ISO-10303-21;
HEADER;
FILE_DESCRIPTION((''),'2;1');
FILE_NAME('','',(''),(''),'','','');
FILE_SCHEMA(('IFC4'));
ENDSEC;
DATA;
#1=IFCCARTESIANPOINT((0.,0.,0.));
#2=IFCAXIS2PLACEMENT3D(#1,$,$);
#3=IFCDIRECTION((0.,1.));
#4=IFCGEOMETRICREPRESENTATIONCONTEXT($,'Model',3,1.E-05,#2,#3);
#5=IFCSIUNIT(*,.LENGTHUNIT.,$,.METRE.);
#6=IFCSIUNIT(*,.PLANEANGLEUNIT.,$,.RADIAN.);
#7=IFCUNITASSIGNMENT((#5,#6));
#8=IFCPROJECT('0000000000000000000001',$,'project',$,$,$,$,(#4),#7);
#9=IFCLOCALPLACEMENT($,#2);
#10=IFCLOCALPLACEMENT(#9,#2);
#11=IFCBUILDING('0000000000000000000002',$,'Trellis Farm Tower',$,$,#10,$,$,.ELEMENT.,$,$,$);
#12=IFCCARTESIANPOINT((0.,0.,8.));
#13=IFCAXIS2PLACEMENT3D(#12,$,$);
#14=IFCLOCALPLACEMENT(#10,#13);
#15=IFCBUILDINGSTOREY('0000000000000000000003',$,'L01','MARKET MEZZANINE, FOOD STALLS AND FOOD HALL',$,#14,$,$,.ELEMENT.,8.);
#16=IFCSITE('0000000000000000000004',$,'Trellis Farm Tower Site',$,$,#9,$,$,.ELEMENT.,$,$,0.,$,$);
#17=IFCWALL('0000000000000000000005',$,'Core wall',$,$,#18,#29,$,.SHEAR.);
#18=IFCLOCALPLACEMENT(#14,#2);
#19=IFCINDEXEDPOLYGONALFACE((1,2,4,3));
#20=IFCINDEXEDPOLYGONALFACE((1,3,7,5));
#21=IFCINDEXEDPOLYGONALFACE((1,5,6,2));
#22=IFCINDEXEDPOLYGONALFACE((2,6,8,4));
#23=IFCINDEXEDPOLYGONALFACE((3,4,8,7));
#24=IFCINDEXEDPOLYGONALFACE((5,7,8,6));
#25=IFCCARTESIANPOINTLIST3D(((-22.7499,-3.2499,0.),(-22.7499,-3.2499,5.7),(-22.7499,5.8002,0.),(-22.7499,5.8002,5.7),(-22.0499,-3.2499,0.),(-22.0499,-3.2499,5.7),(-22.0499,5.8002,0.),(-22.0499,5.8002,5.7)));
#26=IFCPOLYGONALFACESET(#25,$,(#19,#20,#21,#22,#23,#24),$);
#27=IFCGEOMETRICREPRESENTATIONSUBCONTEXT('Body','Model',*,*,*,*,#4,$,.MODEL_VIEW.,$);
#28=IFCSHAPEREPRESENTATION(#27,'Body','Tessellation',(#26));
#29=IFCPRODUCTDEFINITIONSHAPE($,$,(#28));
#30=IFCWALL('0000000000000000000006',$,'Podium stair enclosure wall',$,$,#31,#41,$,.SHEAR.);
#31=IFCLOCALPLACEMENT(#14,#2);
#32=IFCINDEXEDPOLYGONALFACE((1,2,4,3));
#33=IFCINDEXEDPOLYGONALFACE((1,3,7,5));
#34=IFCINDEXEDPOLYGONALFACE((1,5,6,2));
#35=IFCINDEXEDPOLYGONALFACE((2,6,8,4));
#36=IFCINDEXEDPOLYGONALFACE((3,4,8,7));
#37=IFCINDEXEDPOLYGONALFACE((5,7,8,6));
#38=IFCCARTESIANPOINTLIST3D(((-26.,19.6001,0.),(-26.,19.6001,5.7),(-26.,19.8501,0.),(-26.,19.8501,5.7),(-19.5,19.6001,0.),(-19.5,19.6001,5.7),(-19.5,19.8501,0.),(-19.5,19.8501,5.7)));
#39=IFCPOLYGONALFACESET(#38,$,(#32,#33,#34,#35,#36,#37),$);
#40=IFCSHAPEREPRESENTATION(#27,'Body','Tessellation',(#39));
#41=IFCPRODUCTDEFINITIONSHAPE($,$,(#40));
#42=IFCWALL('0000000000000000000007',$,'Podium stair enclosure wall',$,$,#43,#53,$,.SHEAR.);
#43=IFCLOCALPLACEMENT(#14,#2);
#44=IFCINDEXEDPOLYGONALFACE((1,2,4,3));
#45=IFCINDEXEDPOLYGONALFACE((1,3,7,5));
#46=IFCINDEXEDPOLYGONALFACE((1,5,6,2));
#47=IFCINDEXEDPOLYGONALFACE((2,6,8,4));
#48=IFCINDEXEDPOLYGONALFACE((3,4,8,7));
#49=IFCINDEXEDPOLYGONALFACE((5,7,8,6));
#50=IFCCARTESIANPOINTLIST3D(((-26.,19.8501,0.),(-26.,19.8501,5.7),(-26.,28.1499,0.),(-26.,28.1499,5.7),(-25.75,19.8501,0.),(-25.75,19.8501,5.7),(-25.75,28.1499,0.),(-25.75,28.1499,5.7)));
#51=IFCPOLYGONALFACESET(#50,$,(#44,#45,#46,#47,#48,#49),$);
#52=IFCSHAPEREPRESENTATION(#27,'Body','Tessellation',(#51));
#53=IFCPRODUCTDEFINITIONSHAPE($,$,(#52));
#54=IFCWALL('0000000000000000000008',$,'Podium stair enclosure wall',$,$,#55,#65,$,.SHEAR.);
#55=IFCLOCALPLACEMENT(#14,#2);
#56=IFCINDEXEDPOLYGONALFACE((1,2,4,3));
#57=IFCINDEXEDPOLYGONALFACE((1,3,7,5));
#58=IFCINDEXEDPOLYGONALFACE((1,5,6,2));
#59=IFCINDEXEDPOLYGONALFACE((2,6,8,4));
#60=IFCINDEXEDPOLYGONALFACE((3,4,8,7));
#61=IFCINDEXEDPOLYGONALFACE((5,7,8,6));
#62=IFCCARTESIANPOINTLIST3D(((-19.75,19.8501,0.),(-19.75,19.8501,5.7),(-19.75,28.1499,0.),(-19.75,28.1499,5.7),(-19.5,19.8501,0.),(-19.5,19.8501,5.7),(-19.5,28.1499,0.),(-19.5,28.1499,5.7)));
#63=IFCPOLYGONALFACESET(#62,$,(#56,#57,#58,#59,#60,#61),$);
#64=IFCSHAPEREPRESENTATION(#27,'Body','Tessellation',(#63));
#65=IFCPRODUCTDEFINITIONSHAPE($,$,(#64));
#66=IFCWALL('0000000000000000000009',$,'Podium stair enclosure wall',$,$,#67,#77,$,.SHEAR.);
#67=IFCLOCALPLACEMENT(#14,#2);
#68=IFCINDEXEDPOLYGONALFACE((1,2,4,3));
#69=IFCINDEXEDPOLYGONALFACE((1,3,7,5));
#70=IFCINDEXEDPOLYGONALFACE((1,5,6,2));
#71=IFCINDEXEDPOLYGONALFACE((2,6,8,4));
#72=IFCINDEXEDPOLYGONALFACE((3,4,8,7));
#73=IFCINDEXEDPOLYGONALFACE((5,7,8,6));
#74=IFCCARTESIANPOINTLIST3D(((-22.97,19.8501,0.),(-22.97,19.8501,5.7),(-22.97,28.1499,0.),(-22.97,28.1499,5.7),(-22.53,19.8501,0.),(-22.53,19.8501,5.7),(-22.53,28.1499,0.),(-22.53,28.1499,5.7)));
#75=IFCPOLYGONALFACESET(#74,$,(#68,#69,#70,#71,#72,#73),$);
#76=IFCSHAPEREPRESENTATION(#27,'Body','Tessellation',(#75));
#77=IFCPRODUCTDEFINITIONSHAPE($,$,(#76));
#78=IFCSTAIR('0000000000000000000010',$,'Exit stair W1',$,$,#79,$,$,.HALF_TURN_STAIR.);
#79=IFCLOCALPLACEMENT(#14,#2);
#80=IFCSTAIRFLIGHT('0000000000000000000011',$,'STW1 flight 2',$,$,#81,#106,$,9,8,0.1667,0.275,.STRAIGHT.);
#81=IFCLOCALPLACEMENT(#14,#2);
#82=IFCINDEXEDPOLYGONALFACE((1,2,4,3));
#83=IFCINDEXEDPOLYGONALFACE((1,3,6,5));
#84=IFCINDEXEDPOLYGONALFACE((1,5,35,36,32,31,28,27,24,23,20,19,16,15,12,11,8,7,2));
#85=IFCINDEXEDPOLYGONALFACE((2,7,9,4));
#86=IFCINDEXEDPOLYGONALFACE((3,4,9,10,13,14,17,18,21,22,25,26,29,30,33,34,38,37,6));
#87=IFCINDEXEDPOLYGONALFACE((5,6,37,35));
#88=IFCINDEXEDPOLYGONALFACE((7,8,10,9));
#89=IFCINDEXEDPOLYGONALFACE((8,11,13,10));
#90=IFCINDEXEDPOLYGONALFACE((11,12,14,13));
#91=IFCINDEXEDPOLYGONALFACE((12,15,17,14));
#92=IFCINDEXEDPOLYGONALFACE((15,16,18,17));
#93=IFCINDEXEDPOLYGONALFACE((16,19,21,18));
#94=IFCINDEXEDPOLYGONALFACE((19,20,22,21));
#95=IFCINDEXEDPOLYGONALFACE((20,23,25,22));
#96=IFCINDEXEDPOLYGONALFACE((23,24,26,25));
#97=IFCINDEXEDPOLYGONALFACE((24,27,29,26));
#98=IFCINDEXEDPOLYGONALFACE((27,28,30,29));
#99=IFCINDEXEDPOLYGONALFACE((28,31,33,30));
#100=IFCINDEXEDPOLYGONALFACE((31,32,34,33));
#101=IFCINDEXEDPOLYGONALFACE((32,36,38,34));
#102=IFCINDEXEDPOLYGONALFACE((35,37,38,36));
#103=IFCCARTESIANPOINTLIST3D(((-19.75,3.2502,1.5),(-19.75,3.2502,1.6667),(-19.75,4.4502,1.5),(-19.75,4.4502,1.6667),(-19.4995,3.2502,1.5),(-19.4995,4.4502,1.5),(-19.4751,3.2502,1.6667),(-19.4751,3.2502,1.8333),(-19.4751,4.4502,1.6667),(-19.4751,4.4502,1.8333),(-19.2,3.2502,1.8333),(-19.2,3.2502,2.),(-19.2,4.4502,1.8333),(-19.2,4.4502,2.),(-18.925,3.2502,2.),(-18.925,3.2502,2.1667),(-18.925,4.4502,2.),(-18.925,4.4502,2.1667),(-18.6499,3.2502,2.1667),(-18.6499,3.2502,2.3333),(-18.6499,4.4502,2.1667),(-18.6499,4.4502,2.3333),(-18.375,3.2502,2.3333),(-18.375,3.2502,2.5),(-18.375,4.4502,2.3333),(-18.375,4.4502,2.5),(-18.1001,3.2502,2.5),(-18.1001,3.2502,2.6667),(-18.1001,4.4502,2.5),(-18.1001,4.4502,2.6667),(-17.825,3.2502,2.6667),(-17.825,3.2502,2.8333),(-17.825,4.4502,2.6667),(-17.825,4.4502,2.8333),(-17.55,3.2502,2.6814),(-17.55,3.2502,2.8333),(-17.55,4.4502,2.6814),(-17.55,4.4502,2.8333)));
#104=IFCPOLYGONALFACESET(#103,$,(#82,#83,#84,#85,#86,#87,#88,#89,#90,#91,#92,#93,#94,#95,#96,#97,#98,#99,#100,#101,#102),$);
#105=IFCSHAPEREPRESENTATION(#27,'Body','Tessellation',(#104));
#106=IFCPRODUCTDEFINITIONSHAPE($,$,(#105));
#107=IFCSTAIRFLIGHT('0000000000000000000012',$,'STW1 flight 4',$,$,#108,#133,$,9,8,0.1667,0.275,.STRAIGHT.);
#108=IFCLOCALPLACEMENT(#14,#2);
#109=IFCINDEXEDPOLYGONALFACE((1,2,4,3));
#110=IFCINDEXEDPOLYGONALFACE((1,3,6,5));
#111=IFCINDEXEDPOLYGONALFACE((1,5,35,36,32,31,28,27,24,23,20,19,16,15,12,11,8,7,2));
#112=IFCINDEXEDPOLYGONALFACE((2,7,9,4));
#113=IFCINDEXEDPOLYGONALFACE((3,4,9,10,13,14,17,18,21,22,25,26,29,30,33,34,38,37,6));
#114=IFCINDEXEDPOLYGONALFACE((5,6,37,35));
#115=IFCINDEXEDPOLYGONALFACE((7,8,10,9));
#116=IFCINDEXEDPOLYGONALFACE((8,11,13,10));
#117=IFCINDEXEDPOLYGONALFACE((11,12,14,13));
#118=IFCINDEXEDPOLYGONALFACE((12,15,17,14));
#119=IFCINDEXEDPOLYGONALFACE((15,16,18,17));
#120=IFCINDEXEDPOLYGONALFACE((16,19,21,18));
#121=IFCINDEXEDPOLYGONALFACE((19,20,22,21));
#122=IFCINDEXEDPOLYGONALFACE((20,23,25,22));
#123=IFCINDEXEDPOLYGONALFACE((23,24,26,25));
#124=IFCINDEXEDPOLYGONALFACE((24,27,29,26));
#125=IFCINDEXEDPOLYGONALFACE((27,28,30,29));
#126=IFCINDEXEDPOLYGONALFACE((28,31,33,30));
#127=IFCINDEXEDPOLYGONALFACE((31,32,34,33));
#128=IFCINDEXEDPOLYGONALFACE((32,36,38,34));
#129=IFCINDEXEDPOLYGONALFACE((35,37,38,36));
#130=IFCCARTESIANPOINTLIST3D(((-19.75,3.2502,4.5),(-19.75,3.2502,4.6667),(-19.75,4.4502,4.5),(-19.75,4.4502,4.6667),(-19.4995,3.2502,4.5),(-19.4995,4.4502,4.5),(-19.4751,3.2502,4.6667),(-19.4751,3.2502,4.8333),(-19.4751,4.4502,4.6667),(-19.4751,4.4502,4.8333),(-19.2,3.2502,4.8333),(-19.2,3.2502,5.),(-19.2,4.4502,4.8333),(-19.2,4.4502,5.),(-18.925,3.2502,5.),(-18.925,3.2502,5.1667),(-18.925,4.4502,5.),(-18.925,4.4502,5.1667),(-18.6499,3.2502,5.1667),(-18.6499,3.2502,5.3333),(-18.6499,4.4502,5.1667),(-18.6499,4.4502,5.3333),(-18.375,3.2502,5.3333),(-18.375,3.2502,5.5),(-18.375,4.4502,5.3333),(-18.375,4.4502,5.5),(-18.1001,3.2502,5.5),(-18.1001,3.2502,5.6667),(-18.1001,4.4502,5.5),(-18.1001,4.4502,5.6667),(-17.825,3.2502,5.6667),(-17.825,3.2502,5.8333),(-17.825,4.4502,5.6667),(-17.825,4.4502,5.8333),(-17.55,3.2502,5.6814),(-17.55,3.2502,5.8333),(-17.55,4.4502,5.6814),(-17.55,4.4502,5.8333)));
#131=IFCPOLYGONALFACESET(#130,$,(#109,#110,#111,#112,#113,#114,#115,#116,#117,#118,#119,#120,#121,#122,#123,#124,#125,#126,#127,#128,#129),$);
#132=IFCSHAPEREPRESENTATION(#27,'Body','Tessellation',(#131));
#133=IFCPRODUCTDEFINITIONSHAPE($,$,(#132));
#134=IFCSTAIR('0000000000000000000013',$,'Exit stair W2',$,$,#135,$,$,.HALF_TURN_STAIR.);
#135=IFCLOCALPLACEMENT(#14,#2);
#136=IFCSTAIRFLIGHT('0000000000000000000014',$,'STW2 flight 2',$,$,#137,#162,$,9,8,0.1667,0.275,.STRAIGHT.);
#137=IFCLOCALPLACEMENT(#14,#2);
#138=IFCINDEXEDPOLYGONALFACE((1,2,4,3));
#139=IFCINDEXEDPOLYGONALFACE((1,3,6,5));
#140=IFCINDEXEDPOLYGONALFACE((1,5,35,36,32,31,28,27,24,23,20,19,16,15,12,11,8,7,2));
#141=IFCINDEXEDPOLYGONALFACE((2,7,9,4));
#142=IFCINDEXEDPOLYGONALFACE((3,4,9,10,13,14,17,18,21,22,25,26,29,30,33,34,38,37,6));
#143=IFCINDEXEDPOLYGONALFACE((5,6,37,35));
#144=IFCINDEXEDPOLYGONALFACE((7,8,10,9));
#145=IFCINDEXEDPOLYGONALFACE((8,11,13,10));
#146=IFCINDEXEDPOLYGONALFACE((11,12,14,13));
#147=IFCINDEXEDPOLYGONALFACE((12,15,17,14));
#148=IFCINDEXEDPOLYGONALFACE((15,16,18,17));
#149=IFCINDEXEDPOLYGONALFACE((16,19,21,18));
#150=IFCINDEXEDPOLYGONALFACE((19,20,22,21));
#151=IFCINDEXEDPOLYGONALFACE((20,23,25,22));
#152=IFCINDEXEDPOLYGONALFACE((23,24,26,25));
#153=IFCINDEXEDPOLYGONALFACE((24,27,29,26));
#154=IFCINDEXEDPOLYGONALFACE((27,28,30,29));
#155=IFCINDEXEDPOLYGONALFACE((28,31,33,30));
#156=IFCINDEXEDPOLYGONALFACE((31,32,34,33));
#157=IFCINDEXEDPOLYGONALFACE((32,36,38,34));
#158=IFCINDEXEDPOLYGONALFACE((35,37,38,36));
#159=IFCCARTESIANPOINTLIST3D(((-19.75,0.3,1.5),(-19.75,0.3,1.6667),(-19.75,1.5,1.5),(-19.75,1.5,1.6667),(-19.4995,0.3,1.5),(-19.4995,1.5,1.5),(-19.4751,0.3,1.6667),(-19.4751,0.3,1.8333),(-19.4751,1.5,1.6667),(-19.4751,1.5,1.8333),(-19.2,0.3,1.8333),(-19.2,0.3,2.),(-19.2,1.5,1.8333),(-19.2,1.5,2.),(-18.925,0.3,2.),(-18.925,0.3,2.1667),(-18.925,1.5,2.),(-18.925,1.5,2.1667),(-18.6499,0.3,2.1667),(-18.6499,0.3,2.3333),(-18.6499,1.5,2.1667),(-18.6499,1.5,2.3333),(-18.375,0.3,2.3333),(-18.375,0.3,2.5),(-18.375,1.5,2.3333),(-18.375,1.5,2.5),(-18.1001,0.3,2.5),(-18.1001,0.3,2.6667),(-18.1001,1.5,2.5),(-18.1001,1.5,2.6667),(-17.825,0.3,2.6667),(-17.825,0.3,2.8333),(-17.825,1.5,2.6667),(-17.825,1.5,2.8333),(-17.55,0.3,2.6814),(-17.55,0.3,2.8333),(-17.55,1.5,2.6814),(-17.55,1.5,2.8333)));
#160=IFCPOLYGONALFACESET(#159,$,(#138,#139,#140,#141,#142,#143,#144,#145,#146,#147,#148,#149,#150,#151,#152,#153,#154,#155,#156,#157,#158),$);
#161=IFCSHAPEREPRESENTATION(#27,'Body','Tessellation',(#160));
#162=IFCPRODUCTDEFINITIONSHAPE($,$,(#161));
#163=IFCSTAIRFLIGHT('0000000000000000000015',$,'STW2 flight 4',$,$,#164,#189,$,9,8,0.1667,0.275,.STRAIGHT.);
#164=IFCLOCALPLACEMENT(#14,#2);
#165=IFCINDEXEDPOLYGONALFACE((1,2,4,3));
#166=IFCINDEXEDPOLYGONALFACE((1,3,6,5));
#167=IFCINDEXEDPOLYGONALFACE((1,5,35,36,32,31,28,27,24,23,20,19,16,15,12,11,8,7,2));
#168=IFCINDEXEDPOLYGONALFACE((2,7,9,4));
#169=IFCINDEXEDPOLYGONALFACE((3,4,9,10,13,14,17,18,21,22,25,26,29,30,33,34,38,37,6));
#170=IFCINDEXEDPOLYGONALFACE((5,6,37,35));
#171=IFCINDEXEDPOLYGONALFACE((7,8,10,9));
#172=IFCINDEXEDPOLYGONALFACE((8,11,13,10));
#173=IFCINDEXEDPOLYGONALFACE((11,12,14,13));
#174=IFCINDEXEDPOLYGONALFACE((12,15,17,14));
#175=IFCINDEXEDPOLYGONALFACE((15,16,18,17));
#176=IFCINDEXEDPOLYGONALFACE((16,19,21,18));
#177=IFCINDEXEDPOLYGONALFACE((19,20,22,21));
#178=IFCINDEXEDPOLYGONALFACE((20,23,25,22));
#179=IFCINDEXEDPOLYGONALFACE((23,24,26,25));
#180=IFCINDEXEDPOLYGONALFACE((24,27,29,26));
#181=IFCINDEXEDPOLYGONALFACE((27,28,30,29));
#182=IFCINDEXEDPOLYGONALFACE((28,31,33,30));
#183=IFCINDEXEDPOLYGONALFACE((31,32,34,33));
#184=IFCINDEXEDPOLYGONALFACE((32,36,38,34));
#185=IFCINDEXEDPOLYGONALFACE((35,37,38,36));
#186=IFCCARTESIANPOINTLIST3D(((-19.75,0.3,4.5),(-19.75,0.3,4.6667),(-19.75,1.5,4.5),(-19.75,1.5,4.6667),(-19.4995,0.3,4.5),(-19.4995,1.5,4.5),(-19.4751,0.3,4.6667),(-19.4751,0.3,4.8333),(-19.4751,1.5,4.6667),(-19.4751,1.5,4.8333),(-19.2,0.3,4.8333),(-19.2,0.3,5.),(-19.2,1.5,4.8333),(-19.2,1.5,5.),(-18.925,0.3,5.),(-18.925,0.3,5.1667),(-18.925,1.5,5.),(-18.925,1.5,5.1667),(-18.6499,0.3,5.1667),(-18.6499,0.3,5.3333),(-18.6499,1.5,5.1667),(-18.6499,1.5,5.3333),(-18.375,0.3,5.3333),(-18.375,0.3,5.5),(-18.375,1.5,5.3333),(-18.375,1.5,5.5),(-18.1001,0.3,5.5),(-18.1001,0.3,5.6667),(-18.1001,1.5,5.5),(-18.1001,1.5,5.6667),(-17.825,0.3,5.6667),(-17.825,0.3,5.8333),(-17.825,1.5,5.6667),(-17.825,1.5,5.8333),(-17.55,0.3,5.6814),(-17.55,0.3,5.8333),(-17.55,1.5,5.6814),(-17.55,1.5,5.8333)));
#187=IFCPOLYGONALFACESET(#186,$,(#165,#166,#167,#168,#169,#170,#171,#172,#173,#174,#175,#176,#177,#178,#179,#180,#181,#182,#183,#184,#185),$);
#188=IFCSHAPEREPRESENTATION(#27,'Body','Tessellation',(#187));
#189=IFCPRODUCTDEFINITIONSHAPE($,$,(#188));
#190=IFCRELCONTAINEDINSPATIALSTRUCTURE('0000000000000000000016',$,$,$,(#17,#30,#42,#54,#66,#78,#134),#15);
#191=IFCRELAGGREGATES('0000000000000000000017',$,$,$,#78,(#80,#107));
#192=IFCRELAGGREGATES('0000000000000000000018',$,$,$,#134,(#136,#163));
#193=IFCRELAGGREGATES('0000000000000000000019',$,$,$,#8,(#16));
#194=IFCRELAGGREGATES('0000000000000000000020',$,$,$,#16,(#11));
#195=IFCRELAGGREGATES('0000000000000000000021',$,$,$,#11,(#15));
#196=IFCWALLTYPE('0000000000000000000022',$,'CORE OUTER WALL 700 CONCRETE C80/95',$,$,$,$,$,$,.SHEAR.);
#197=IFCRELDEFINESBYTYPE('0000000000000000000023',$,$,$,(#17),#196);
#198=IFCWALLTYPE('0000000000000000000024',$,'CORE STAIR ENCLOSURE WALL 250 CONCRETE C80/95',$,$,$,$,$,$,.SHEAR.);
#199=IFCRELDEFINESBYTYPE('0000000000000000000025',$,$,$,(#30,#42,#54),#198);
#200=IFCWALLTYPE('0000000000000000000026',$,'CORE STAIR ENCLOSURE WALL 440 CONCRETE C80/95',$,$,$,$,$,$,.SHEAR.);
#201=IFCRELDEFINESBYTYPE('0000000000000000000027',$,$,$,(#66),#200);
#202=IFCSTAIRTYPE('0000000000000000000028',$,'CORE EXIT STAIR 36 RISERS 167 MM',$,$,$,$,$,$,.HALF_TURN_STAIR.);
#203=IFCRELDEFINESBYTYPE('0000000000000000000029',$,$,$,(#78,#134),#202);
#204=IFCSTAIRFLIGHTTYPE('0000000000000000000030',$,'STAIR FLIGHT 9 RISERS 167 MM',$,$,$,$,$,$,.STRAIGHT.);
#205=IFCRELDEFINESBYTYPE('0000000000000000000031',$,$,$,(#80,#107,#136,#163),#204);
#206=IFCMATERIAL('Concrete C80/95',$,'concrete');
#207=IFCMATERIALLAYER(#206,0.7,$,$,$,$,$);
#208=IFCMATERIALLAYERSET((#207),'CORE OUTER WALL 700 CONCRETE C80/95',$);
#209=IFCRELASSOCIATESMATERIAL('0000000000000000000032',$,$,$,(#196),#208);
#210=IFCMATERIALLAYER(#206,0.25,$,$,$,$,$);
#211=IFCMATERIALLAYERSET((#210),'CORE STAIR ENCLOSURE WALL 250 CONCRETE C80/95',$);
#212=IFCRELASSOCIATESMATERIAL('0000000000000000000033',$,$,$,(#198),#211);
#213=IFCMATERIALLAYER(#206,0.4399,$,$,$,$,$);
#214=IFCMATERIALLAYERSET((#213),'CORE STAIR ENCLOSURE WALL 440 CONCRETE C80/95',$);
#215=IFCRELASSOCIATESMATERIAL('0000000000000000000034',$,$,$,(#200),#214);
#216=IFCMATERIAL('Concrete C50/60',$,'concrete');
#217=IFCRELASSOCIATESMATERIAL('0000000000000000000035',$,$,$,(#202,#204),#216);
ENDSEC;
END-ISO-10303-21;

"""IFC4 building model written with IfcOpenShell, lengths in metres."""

from ifc_helpers import new_model, si_unit, direction, frame, frame_2d, origin, place, context, subcontext, project, spatial, polyline, rectangle, outline, extrude, source, transform, mapped, material, layer, layer_set, type_object, element, aggregate, save


model = new_model("IFC4")

# Units and contexts
model_context = context("Model", 3, precision=1e-05, world=origin(), true_north=direction((0.0, 1.0)))
body_context = subcontext(model_context, "Body", "Model", "MODEL_VIEW")
ifc_project = project(units=[si_unit("LENGTHUNIT", "METRE"), si_unit("PLANEANGLEUNIT", "RADIAN")], contexts=[model_context])

# Site, building, storey
site_placement = place(None, origin())
site = spatial("IfcSite", under=ifc_project, at=site_placement, Name="Trellis Farm Tower Site", CompositionType="ELEMENT", RefElevation=0.0)
building_placement = place(site_placement, origin())
building = spatial("IfcBuilding", under=site, at=building_placement, Name="Trellis Farm Tower", CompositionType="ELEMENT")
storey_placement = place(building_placement, frame((0.0, 0.0, 8.0)))
storey = spatial("IfcBuildingStorey", under=building, at=storey_placement, Name="L01", Description="MARKET MEZZANINE, FOOD STALLS AND FOOD HALL", CompositionType="ELEMENT", Elevation=8.0)

# Walls
ifc_material_1 = material(Name="Concrete C80/95", Category="concrete")
ifc_layer_1 = layer(ifc_material_1, 0.7)
ifc_layer_set_1 = layer_set([ifc_layer_1], Name="CORE OUTER WALL 700 CONCRETE C80/95")
wall_type_1 = type_object("IfcWallType", Name="CORE OUTER WALL 700 CONCRETE C80/95", PredefinedType="SHEAR", material=ifc_layer_set_1)
shared_shape_1 = source(origin(), body_context, "Body", "SweptSolid", [
    extrude(rectangle(XDim=9.05, YDim=0.7, at=frame_2d((4.5249, 0.0))), origin(), (0.0, 0.0, 1.0), 5.7),
])
wall_1_placement = place(storey_placement, frame((-22.3999, 5.8, 0.0), z_axis=(0.0, 0.0, 1.0), x_axis=(0.0, -1.0, 0.0)))
element("IfcWall", 1, at=wall_1_placement, inside=storey, type_object=wall_type_1, Name="Core wall", PredefinedType="SHEAR", context=body_context, shape_type="MappedRepresentation", body=[
    mapped(shared_shape_1, transform((0.0, 0.0, 0.0))),
])
ifc_layer_2 = layer(ifc_material_1, 0.25)
ifc_layer_set_2 = layer_set([ifc_layer_2], Name="CORE STAIR ENCLOSURE WALL 250 CONCRETE C80/95")
wall_type_2 = type_object("IfcWallType", Name="CORE STAIR ENCLOSURE WALL 250 CONCRETE C80/95", PredefinedType="SHEAR", material=ifc_layer_set_2)
shared_shape_2 = source(origin(), body_context, "Body", "SweptSolid", [
    extrude(rectangle(XDim=6.5, YDim=0.25, at=frame_2d((3.25, 0.0))), origin(), (0.0, 0.0, 1.0), 5.7),
])
wall_2_placement = place(storey_placement, frame((-26.0, 19.7251, 0.0), z_axis=(0.0, 0.0, 1.0), x_axis=(1.0, 0.0, 0.0)))
element("IfcWall", 2, at=wall_2_placement, inside=storey, type_object=wall_type_2, Name="Podium stair enclosure wall", PredefinedType="SHEAR", context=body_context, shape_type="MappedRepresentation", body=[
    mapped(shared_shape_2, transform((0.0, 0.0, 0.0))),
])
shared_shape_3 = source(origin(), body_context, "Body", "SweptSolid", [
    extrude(rectangle(XDim=8.2998, YDim=0.25, at=frame_2d((4.1499, 0.0))), origin(), (0.0, 0.0, 1.0), 5.7),
])
for number, where, z_axis, x_axis, name in (
    (3, (-25.875, 19.8501, 0.0), (0.0, 0.0, 1.0), (0.0, 1.0, 0.0), "Podium stair enclosure wall"),
    (4, (-19.625, 19.8501, 0.0), (0.0, 0.0, 1.0), (0.0, 1.0, 0.0), "Podium stair enclosure wall"),
):
    element("IfcWall", number, at=place(storey_placement, frame(where, z_axis=z_axis, x_axis=x_axis)), inside=storey, type_object=wall_type_2, Name=name, PredefinedType="SHEAR", context=body_context, shape_type="MappedRepresentation", body=[
        mapped(shared_shape_3, transform((0.0, 0.0, 0.0))),
    ])
ifc_layer_3 = layer(ifc_material_1, 0.4399)
ifc_layer_set_3 = layer_set([ifc_layer_3], Name="CORE STAIR ENCLOSURE WALL 440 CONCRETE C80/95")
wall_type_3 = type_object("IfcWallType", Name="CORE STAIR ENCLOSURE WALL 440 CONCRETE C80/95", PredefinedType="SHEAR", material=ifc_layer_set_3)
shared_shape_4 = source(origin(), body_context, "Body", "SweptSolid", [
    extrude(rectangle(XDim=8.2998, YDim=0.4399, at=frame_2d((4.1499, 0.0))), origin(), (0.0, 0.0, 1.0), 5.7),
])
wall_3_placement = place(storey_placement, frame((-22.75, 19.8501, 0.0), z_axis=(0.0, 0.0, 1.0), x_axis=(0.0, 1.0, 0.0)))
element("IfcWall", 5, at=wall_3_placement, inside=storey, type_object=wall_type_3, Name="Podium stair enclosure wall", PredefinedType="SHEAR", context=body_context, shape_type="MappedRepresentation", body=[
    mapped(shared_shape_4, transform((0.0, 0.0, 0.0))),
])

# Stairs, stair flights
ifc_material_2 = material(Name="Concrete C50/60", Category="concrete")
stair_type_1 = type_object("IfcStairType", Name="CORE EXIT STAIR 36 RISERS 167 MM", PredefinedType="HALF_TURN_STAIR", material=ifc_material_2)
placement = place(storey_placement, origin())
stair_1 = element("IfcStair", 6, at=placement, inside=storey, type_object=stair_type_1, Name="Exit stair W1", PredefinedType="HALF_TURN_STAIR")
stair_flight_type_1 = type_object("IfcStairFlightType", Name="STAIR FLIGHT 9 RISERS 167 MM", PredefinedType="STRAIGHT", material=ifc_material_2)
shared_shape_5 = source(origin(), body_context, "Body", "SweptSolid", [
    extrude(outline(polyline([(0.0, 0.0), (0.0, 0.1667), (0.2749, 0.1667), (0.2749, 0.3333), (0.55, 0.3333), (0.55, 0.5), (0.825, 0.5), (0.825, 0.6667), (1.1001, 0.6667), (1.1001, 0.8333), (1.375, 0.8333), (1.375, 1.0), (1.6499, 1.0), (1.6499, 1.1667), (1.925, 1.1667), (1.925, 1.3333), (2.2, 1.3333), (2.2, 1.5), (2.2, 1.1814), (0.2505, 0.0), (0.0, 0.0)])), frame((0.0, 0.6001, 0.0), z_axis=(0.0, -1.0, 0.0), x_axis=(1.0, 0.0, 0.0)), (0.0, 0.0, 1.0), 1.2),
])
stair_flight_1_placement = place(storey_placement, frame((-19.75, 3.8501, 1.5), z_axis=(0.0, 0.0, 1.0), x_axis=(1.0, 0.0, 0.0)))
stair_flight_1 = element("IfcStairFlight", 7, at=stair_flight_1_placement, type_object=stair_flight_type_1, Name="STW1 flight 2", NumberOfRisers=9, NumberOfTreads=8, PredefinedType="STRAIGHT", RiserHeight=0.1667, TreadLength=0.275, context=body_context, shape_type="MappedRepresentation", body=[
    mapped(shared_shape_5, transform((0.0, 0.0, 0.0))),
])
stair_flight_2_placement = place(storey_placement, frame((-19.75, 3.8501, 4.5), z_axis=(0.0, 0.0, 1.0), x_axis=(1.0, 0.0, 0.0)))
stair_flight_2 = element("IfcStairFlight", 8, at=stair_flight_2_placement, type_object=stair_flight_type_1, Name="STW1 flight 4", NumberOfRisers=9, NumberOfTreads=8, PredefinedType="STRAIGHT", RiserHeight=0.1667, TreadLength=0.275, context=body_context, shape_type="MappedRepresentation", body=[
    mapped(shared_shape_5, transform((0.0, 0.0, 0.0))),
])
aggregate(stair_1, [stair_flight_1, stair_flight_2])
stair_2 = element("IfcStair", 9, at=placement, inside=storey, type_object=stair_type_1, Name="Exit stair W2", PredefinedType="HALF_TURN_STAIR")
stair_flight_3_placement = place(storey_placement, frame((-19.75, 0.8999, 1.5), z_axis=(0.0, 0.0, 1.0), x_axis=(1.0, 0.0, 0.0)))
stair_flight_3 = element("IfcStairFlight", 10, at=stair_flight_3_placement, type_object=stair_flight_type_1, Name="STW2 flight 2", NumberOfRisers=9, NumberOfTreads=8, PredefinedType="STRAIGHT", RiserHeight=0.1667, TreadLength=0.275, context=body_context, shape_type="MappedRepresentation", body=[
    mapped(shared_shape_5, transform((0.0, 0.0, 0.0))),
])
stair_flight_4_placement = place(storey_placement, frame((-19.75, 0.8999, 4.5), z_axis=(0.0, 0.0, 1.0), x_axis=(1.0, 0.0, 0.0)))
stair_flight_4 = element("IfcStairFlight", 11, at=stair_flight_4_placement, type_object=stair_flight_type_1, Name="STW2 flight 4", NumberOfRisers=9, NumberOfTreads=8, PredefinedType="STRAIGHT", RiserHeight=0.1667, TreadLength=0.275, context=body_context, shape_type="MappedRepresentation", body=[
    mapped(shared_shape_5, transform((0.0, 0.0, 0.0))),
])
aggregate(stair_2, [stair_flight_3, stair_flight_4])

save(model, "model.ifc")
